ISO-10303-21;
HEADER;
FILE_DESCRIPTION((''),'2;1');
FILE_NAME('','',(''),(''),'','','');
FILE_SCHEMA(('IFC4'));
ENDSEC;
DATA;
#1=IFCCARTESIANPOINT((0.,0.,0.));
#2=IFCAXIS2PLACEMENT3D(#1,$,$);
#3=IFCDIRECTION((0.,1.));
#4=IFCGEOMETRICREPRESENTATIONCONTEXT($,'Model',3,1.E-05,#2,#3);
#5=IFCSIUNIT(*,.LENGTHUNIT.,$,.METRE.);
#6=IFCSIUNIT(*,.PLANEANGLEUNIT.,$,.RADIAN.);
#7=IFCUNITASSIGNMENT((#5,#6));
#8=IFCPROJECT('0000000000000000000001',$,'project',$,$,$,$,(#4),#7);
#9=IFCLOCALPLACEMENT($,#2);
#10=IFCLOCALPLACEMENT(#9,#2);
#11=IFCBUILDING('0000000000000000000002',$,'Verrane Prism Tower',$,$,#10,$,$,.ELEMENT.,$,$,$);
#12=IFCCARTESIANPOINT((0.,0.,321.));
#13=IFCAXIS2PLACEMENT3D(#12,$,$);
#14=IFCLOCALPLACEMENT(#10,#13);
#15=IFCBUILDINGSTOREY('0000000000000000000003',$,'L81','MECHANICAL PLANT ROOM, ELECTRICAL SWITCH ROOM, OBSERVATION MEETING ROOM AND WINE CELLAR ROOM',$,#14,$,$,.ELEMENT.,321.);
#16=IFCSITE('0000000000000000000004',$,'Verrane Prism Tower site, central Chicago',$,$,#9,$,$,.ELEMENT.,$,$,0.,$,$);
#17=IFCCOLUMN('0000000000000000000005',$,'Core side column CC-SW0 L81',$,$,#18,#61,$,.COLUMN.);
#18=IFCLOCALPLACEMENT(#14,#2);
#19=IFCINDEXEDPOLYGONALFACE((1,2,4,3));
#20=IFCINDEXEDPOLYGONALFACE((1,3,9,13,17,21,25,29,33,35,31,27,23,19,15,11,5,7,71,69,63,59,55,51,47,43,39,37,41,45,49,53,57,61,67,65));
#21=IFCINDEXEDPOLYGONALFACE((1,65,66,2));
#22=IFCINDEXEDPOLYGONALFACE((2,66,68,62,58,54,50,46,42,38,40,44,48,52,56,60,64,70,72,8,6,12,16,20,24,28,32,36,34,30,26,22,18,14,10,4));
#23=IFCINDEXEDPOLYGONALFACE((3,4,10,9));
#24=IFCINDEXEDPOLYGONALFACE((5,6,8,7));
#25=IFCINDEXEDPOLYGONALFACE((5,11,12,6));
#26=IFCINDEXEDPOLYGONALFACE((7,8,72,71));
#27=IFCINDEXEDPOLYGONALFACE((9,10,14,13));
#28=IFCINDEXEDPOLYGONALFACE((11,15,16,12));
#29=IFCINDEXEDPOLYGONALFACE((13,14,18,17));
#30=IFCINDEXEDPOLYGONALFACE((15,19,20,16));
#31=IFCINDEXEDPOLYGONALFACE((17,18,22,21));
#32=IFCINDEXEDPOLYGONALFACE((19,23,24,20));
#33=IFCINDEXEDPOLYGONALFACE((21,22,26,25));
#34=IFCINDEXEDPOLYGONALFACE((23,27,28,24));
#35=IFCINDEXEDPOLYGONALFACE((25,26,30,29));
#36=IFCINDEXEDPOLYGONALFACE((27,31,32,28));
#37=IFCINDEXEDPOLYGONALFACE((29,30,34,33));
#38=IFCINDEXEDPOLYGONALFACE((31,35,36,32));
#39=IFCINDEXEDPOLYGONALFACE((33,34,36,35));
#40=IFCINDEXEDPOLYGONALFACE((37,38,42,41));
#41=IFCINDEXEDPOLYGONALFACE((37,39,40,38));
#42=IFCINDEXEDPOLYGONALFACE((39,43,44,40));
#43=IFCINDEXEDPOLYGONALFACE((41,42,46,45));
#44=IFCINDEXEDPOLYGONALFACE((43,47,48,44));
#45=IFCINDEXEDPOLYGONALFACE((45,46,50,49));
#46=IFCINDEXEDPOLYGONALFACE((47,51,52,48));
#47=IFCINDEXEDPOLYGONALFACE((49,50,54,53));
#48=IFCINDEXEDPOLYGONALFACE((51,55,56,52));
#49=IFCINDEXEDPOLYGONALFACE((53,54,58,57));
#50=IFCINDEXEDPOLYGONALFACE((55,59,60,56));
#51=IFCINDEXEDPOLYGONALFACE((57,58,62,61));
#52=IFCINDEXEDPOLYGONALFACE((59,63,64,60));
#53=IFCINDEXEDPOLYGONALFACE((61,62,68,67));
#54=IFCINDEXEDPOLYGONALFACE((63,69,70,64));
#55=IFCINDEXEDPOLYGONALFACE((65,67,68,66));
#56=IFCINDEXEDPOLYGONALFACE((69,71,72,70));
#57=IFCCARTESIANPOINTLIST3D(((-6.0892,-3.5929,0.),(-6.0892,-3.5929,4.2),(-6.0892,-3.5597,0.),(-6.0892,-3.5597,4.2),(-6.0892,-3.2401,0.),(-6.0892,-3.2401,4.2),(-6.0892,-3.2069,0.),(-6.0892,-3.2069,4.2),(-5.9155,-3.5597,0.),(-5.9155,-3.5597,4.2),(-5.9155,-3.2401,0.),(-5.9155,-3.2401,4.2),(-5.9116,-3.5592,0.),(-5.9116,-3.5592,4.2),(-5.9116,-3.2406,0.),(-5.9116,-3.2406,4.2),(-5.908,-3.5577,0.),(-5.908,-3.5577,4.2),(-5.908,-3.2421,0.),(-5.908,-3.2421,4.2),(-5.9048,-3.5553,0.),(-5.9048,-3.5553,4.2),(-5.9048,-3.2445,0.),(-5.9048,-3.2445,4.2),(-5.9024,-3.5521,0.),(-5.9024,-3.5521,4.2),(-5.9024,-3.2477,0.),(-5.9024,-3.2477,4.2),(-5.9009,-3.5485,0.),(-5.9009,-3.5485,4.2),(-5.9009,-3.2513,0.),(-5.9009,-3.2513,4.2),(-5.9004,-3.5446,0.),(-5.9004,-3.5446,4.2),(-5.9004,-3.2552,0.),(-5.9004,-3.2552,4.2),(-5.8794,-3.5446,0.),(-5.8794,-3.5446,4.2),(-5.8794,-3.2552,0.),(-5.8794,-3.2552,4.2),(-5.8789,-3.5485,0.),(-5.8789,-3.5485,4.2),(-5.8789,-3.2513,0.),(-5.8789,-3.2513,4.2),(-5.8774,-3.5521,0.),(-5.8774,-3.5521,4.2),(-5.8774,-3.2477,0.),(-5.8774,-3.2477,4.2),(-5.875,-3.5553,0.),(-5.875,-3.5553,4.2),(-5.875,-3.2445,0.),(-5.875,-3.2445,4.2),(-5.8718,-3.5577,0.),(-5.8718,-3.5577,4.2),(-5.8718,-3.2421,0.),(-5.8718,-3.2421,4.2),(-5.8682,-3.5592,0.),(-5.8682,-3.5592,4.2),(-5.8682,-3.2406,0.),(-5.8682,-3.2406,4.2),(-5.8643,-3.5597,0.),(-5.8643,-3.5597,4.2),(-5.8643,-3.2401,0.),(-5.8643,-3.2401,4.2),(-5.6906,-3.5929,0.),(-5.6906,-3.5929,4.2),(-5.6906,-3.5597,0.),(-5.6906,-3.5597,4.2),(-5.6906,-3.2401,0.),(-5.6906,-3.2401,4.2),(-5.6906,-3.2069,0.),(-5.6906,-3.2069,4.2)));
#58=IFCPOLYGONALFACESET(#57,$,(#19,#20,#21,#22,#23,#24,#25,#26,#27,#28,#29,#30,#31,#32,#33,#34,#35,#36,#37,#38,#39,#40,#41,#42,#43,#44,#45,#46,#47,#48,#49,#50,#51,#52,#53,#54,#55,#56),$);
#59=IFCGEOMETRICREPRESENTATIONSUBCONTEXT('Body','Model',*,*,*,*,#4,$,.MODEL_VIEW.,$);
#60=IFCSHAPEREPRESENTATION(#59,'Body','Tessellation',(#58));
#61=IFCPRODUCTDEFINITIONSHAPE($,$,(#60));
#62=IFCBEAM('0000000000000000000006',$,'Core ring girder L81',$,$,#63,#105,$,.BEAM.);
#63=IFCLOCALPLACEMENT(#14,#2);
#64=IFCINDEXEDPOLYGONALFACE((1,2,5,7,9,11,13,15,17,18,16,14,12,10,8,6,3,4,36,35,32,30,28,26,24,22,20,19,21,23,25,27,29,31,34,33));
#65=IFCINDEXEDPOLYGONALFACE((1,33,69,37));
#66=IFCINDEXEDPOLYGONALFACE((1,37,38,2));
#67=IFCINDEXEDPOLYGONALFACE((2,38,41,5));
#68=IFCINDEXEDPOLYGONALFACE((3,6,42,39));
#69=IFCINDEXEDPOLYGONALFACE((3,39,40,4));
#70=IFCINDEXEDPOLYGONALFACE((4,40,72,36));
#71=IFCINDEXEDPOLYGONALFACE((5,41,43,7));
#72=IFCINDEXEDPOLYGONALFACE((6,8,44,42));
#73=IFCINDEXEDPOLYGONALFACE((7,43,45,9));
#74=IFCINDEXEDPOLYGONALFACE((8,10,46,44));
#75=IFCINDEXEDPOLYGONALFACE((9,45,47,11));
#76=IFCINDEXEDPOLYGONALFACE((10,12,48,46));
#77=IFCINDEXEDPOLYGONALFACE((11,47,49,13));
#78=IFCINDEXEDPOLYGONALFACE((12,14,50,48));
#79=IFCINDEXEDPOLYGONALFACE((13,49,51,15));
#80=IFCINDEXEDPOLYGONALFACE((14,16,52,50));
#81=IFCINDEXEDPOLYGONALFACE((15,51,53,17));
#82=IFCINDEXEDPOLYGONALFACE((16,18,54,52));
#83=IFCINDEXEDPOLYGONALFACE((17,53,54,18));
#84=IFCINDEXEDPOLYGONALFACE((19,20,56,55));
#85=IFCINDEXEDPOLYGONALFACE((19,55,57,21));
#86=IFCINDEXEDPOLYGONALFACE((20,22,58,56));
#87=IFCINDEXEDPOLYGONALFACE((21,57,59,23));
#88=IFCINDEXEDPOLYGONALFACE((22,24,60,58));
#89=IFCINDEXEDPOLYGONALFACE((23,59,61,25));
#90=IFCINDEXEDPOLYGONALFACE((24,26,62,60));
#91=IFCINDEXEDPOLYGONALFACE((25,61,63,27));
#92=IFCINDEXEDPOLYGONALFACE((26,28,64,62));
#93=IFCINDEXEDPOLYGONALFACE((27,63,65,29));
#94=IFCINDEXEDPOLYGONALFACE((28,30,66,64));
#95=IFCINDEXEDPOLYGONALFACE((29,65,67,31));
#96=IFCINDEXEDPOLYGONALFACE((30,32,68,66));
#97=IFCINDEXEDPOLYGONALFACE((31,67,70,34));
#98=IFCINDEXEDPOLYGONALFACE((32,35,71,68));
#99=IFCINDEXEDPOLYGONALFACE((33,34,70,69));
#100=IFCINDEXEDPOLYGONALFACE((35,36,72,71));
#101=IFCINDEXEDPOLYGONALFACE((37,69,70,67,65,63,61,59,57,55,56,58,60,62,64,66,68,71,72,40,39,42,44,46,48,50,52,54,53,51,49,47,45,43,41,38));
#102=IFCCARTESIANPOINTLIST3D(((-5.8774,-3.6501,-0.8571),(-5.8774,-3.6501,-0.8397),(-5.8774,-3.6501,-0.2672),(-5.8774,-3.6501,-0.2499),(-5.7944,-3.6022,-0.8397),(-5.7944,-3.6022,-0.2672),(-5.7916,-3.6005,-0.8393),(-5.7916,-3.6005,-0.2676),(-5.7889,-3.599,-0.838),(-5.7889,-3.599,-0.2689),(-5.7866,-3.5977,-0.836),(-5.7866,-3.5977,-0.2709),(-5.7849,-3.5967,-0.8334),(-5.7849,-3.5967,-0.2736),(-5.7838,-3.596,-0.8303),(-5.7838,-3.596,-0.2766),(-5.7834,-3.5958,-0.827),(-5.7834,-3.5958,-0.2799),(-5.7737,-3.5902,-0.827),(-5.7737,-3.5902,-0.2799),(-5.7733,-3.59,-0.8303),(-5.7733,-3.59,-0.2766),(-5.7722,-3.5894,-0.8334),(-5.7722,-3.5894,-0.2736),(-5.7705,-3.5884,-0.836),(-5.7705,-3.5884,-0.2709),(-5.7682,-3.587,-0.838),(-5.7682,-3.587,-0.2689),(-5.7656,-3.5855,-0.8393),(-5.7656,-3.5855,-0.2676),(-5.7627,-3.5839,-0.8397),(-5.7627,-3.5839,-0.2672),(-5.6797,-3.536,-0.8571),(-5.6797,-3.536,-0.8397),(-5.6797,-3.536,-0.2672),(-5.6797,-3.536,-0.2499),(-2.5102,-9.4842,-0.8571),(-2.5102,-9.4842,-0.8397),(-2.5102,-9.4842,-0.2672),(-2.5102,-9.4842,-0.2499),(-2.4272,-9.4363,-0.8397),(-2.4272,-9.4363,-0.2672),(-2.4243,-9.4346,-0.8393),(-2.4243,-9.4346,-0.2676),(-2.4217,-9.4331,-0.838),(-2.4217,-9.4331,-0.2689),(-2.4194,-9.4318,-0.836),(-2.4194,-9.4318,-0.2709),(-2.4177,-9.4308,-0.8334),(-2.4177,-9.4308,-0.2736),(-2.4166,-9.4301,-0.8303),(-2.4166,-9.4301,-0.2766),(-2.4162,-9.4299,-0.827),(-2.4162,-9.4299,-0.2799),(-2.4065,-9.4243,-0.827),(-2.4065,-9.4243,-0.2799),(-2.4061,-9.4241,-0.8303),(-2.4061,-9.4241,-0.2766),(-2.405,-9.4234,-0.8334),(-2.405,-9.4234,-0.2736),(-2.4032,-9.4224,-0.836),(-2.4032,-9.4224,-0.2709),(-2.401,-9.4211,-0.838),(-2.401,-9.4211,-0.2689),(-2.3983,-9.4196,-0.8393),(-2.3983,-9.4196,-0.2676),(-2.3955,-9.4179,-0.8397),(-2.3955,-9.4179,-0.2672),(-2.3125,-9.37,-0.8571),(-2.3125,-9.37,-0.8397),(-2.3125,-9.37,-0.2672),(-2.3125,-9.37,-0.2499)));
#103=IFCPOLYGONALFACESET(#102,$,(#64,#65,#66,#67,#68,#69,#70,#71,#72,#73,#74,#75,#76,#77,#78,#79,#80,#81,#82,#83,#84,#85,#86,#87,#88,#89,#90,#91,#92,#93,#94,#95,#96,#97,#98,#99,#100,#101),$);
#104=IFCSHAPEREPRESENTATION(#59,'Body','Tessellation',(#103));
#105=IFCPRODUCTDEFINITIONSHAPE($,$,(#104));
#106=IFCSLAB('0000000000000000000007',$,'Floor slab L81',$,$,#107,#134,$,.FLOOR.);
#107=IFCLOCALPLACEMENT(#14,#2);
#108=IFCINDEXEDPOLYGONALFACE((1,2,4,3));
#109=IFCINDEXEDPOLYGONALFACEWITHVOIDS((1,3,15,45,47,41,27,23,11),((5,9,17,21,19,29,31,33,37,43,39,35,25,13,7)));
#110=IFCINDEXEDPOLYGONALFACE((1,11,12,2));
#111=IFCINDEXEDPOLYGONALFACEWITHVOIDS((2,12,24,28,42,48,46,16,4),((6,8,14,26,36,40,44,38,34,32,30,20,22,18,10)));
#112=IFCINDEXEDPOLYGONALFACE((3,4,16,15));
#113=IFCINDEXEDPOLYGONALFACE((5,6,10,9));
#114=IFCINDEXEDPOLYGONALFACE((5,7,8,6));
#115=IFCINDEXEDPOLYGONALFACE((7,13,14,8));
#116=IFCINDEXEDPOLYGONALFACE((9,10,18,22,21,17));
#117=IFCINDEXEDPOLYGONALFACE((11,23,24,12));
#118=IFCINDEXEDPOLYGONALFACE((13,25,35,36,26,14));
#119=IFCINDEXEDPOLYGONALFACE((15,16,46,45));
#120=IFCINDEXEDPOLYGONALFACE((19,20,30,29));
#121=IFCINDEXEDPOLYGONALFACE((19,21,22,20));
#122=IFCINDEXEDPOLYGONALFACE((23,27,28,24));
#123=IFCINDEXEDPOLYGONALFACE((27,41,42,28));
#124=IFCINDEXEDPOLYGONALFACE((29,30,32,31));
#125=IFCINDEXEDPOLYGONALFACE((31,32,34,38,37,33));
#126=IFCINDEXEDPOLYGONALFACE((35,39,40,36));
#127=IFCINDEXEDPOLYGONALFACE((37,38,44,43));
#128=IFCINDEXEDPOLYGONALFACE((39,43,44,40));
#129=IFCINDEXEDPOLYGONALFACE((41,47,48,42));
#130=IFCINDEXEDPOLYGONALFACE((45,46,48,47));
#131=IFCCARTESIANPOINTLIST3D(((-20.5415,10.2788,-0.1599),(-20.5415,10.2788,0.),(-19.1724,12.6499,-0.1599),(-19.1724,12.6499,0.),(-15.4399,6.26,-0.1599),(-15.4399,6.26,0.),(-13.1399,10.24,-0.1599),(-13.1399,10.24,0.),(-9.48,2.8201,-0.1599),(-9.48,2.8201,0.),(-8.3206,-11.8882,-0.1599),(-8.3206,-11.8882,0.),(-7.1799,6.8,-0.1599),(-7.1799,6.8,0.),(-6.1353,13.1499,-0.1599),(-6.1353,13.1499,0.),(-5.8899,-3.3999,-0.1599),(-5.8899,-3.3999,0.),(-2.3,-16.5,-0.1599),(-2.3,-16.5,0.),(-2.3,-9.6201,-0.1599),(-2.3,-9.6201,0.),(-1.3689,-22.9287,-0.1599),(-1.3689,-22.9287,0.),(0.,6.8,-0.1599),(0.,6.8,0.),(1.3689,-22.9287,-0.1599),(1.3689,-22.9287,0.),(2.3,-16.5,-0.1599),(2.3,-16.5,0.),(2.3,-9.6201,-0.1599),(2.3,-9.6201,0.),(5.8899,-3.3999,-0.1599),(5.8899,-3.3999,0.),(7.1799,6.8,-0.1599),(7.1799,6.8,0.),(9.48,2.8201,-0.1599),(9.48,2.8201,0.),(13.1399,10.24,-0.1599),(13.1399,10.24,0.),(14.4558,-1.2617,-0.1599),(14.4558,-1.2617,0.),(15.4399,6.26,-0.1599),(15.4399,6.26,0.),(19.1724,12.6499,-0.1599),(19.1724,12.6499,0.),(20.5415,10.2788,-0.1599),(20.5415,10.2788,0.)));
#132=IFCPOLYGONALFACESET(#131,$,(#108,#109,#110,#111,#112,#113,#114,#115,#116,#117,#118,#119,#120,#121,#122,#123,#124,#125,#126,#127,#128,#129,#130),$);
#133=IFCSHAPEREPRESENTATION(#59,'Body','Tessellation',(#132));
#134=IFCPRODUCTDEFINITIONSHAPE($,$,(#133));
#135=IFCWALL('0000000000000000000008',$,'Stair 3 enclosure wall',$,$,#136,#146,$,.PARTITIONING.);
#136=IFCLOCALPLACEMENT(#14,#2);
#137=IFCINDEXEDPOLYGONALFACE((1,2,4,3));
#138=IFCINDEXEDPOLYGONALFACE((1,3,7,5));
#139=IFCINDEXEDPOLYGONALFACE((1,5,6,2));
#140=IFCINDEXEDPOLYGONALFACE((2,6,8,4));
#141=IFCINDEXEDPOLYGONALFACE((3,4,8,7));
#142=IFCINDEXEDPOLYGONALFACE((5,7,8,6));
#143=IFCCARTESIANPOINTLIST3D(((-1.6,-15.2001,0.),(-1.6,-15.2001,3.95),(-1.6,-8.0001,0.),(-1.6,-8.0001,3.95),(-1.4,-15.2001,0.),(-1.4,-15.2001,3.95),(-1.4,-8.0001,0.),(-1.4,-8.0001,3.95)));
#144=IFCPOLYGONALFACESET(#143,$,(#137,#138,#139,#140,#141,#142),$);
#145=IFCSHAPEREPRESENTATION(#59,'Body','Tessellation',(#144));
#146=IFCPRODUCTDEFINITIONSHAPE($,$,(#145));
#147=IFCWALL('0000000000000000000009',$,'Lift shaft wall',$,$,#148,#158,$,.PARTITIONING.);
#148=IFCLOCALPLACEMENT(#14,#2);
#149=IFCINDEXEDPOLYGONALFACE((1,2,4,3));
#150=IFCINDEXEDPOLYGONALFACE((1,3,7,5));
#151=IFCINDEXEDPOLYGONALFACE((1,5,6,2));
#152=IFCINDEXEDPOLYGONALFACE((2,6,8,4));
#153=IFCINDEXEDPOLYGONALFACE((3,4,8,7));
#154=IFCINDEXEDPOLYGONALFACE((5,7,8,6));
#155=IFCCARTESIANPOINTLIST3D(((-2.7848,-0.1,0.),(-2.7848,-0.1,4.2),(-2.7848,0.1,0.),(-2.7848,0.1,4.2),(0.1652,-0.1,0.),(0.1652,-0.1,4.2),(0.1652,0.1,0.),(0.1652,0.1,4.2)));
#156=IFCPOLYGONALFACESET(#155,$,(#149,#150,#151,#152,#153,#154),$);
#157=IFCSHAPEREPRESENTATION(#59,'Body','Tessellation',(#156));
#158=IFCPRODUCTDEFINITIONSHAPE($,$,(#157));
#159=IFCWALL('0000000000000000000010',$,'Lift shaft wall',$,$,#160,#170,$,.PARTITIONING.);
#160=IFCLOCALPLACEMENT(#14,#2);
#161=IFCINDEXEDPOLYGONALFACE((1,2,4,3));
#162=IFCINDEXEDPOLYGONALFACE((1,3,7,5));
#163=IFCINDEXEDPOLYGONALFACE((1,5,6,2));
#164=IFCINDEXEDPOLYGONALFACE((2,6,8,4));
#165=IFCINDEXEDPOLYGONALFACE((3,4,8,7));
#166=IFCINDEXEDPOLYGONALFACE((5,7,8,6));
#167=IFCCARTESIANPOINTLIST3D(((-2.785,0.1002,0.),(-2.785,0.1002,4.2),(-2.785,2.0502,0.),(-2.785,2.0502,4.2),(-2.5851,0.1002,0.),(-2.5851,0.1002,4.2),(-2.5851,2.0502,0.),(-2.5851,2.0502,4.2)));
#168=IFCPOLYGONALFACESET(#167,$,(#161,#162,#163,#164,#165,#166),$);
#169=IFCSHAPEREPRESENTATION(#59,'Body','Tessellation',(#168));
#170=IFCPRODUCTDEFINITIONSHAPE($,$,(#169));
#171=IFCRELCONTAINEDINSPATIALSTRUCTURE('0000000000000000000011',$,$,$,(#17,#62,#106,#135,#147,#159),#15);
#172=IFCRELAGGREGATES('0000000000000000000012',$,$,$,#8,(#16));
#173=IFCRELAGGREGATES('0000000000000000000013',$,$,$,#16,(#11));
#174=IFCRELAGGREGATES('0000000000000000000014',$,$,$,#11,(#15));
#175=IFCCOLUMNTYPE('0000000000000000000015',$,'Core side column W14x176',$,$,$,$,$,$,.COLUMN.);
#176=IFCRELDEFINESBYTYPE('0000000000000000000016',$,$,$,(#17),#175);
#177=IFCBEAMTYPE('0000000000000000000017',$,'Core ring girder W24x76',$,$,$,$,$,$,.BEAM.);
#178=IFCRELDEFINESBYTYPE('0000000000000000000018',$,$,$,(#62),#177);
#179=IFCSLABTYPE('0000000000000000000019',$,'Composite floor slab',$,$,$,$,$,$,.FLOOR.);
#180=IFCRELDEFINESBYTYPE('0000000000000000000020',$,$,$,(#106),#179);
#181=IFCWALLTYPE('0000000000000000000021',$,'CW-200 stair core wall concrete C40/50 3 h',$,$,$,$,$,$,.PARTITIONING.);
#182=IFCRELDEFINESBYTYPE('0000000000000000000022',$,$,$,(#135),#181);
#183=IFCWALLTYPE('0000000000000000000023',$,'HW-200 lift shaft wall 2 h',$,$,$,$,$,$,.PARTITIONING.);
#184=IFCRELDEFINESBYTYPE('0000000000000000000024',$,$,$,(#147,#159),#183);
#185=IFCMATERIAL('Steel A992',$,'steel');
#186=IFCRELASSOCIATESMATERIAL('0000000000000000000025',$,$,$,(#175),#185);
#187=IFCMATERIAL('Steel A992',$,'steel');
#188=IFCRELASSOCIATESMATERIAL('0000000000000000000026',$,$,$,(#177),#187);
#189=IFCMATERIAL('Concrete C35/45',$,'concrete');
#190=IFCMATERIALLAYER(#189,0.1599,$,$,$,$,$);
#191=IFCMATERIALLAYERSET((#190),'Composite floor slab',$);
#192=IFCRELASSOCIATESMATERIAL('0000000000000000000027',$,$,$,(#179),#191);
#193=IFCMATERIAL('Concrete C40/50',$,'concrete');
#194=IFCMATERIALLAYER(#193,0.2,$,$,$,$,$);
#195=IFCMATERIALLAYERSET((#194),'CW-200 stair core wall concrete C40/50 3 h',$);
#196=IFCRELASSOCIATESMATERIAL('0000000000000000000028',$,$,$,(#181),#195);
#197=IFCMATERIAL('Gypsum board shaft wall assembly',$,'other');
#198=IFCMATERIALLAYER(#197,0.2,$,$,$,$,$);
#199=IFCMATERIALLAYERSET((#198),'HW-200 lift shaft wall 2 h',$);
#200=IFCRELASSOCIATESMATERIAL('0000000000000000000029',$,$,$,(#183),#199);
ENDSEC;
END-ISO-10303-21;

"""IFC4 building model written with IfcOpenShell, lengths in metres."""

from ifc_helpers import new_model, si_unit, direction, frame, frame_2d, origin, origin_2d, place, context, subcontext, project, spatial, polyline, rectangle, i_section, outline, extrude, material, layer, layer_set, material_profile, profile_set, type_object, element, save


model = new_model("IFC4")

# Units and contexts
model_context = context("Model", 3, precision=1e-05, world=origin(), true_north=direction((0.0, 1.0)))
body_context = subcontext(model_context, "Body", "Model", "MODEL_VIEW")
ifc_project = project(units=[si_unit("LENGTHUNIT", "METRE"), si_unit("PLANEANGLEUNIT", "RADIAN")], contexts=[model_context])

# Site, building, storey
site_placement = place(None, origin())
site = spatial("IfcSite", under=ifc_project, at=site_placement, Name="Verrane Prism Tower site, central Chicago", CompositionType="ELEMENT", RefElevation=0.0)
building_placement = place(site_placement, origin())
building = spatial("IfcBuilding", under=site, at=building_placement, Name="Verrane Prism Tower", CompositionType="ELEMENT")
storey_placement = place(building_placement, frame((0.0, 0.0, 321.0)))
storey = spatial("IfcBuildingStorey", under=building, at=storey_placement, Name="L81", Description="MECHANICAL PLANT ROOM, ELECTRICAL SWITCH ROOM, OBSERVATION MEETING ROOM AND WINE CELLAR ROOM", CompositionType="ELEMENT", Elevation=321.0)

# Column
ifc_material_1 = material(Name="Steel A992", Category="steel")
ifc_material_profile_1 = material_profile(ifc_material_1, i_section(OverallWidth=0.3987, OverallDepth=0.386, WebThickness=0.021, FlangeThickness=0.0332, FilletRadius=0.0151, at=origin_2d()), Name="W14x176")
ifc_profile_set_1 = profile_set([ifc_material_profile_1], Name="Steel A992")
column_type = type_object("IfcColumnType", Name="Core side column W14x176", PredefinedType="COLUMN", material=ifc_profile_set_1)
column_placement = place(storey_placement, frame((-5.8899, -3.3999, 0.0), z_axis=(0.0, 0.0, 1.0), x_axis=(1.0, 0.0, 0.0)))
element("IfcColumn", 1, at=column_placement, inside=storey, type_object=column_type, Name="Core side column CC-SW0 L81", PredefinedType="COLUMN", context=body_context, shape_type="SweptSolid", body=[
    extrude(i_section(OverallWidth=0.3987, OverallDepth=0.386, WebThickness=0.021, FlangeThickness=0.0332, FilletRadius=0.0151, at=origin_2d()), origin(), (0.0, 0.0, 1.0), 4.2),
])

# Beam
ifc_material_2 = material(Name="Steel A992", Category="steel")
ifc_material_profile_2 = material_profile(ifc_material_2, i_section(OverallWidth=0.2283, OverallDepth=0.6072, WebThickness=0.0112, FlangeThickness=0.0173, FilletRadius=0.0127, at=origin_2d()), Name="W24x76")
ifc_profile_set_2 = profile_set([ifc_material_profile_2], Name="Steel A992")
beam_type = type_object("IfcBeamType", Name="Core ring girder W24x76", PredefinedType="BEAM", material=ifc_profile_set_2)
beam_placement = place(storey_placement, frame((-5.7786, -3.593, -0.5535), z_axis=(0.499881, -0.866094, 0.0), x_axis=(0.866094, 0.499881, 0.0)))
element("IfcBeam", 2, at=beam_placement, inside=storey, type_object=beam_type, Name="Core ring girder L81", PredefinedType="BEAM", context=body_context, shape_type="SweptSolid", body=[
    extrude(i_section(OverallWidth=0.2283, OverallDepth=0.6072, WebThickness=0.0112, FlangeThickness=0.0173, FilletRadius=0.0127, at=origin_2d()), origin(), (0.0, 0.0, 1.0), 6.7361),
])

# Slab
ifc_material_3 = material(Name="Concrete C35/45", Category="concrete")
ifc_layer_1 = layer(ifc_material_3, 0.1599)
ifc_layer_set_1 = layer_set([ifc_layer_1], Name="Composite floor slab")
slab_type = type_object("IfcSlabType", Name="Composite floor slab", PredefinedType="FLOOR", material=ifc_layer_set_1)
slab_placement = place(storey_placement, frame((0.0, 0.0, -0.1599)))
element("IfcSlab", 3, at=slab_placement, inside=storey, type_object=slab_type, Name="Floor slab L81", PredefinedType="FLOOR", context=body_context, shape_type="SweptSolid", body=[
    extrude(outline(polyline([(14.4558, -1.2617), (1.3689, -22.9287), (-1.3689, -22.9287), (-8.3206, -11.8882), (-20.5415, 10.2788), (-19.1724, 12.6499), (-6.1353, 13.1499), (19.1724, 12.6499), (20.5415, 10.2788), (14.4558, -1.2617)]), holes=[polyline([(15.4399, 6.26), (13.1399, 10.24), (7.1799, 6.8), (0.0, 6.8), (-7.1799, 6.8), (-13.1399, 10.24), (-15.4399, 6.26), (-9.48, 2.8201), (-5.8899, -3.3999), (-2.3, -9.6201), (-2.3, -16.5), (2.3, -16.5), (2.3, -9.6201), (5.8899, -3.3999), (9.48, 2.8201), (15.4399, 6.26)])]), origin(), (0.0, 0.0, 1.0), 0.1599),
])

# Walls
ifc_material_4 = material(Name="Concrete C40/50", Category="concrete")
ifc_layer_2 = layer(ifc_material_4, 0.2)
ifc_layer_set_2 = layer_set([ifc_layer_2], Name="CW-200 stair core wall concrete C40/50 3 h")
wall_type_1 = type_object("IfcWallType", Name="CW-200 stair core wall concrete C40/50 3 h", PredefinedType="PARTITIONING", material=ifc_layer_set_2)
wall_1_placement = place(storey_placement, frame((-1.5, -8.0, 0.0), z_axis=(0.0, 0.0, 1.0), x_axis=(0.0, -1.0, 0.0)))
element("IfcWall", 4, at=wall_1_placement, inside=storey, type_object=wall_type_1, Name="Stair 3 enclosure wall", PredefinedType="PARTITIONING", context=body_context, shape_type="SweptSolid", body=[
    extrude(rectangle(XDim=7.2, YDim=0.2, at=frame_2d((3.6001, 0.0))), origin(), (0.0, 0.0, 1.0), 3.95),
])
ifc_material_5 = material(Name="Gypsum board shaft wall assembly", Category="other")
ifc_layer_3 = layer(ifc_material_5, 0.2)
ifc_layer_set_3 = layer_set([ifc_layer_3], Name="HW-200 lift shaft wall 2 h")
wall_type_2 = type_object("IfcWallType", Name="HW-200 lift shaft wall 2 h", PredefinedType="PARTITIONING", material=ifc_layer_set_3)
wall_2_placement = place(storey_placement, frame((-2.7849, 0.0, 0.0), z_axis=(0.0, 0.0, 1.0), x_axis=(1.0, 0.0, 0.0)))
element("IfcWall", 5, at=wall_2_placement, inside=storey, type_object=wall_type_2, Name="Lift shaft wall", PredefinedType="PARTITIONING", context=body_context, shape_type="SweptSolid", body=[
    extrude(rectangle(XDim=2.95, YDim=0.2, at=frame_2d((1.4751, 0.0))), origin(), (0.0, 0.0, 1.0), 4.2),
])
wall_3_placement = place(storey_placement, frame((-2.6851, 0.1001, 0.0), z_axis=(0.0, 0.0, 1.0), x_axis=(0.0, 1.0, 0.0)))
element("IfcWall", 6, at=wall_3_placement, inside=storey, type_object=wall_type_2, Name="Lift shaft wall", PredefinedType="PARTITIONING", context=body_context, shape_type="SweptSolid", body=[
    extrude(rectangle(XDim=1.95, YDim=0.2, at=frame_2d((0.9751, 0.0))), origin(), (0.0, 0.0, 1.0), 4.2),
])

save(model, "model.ifc")
